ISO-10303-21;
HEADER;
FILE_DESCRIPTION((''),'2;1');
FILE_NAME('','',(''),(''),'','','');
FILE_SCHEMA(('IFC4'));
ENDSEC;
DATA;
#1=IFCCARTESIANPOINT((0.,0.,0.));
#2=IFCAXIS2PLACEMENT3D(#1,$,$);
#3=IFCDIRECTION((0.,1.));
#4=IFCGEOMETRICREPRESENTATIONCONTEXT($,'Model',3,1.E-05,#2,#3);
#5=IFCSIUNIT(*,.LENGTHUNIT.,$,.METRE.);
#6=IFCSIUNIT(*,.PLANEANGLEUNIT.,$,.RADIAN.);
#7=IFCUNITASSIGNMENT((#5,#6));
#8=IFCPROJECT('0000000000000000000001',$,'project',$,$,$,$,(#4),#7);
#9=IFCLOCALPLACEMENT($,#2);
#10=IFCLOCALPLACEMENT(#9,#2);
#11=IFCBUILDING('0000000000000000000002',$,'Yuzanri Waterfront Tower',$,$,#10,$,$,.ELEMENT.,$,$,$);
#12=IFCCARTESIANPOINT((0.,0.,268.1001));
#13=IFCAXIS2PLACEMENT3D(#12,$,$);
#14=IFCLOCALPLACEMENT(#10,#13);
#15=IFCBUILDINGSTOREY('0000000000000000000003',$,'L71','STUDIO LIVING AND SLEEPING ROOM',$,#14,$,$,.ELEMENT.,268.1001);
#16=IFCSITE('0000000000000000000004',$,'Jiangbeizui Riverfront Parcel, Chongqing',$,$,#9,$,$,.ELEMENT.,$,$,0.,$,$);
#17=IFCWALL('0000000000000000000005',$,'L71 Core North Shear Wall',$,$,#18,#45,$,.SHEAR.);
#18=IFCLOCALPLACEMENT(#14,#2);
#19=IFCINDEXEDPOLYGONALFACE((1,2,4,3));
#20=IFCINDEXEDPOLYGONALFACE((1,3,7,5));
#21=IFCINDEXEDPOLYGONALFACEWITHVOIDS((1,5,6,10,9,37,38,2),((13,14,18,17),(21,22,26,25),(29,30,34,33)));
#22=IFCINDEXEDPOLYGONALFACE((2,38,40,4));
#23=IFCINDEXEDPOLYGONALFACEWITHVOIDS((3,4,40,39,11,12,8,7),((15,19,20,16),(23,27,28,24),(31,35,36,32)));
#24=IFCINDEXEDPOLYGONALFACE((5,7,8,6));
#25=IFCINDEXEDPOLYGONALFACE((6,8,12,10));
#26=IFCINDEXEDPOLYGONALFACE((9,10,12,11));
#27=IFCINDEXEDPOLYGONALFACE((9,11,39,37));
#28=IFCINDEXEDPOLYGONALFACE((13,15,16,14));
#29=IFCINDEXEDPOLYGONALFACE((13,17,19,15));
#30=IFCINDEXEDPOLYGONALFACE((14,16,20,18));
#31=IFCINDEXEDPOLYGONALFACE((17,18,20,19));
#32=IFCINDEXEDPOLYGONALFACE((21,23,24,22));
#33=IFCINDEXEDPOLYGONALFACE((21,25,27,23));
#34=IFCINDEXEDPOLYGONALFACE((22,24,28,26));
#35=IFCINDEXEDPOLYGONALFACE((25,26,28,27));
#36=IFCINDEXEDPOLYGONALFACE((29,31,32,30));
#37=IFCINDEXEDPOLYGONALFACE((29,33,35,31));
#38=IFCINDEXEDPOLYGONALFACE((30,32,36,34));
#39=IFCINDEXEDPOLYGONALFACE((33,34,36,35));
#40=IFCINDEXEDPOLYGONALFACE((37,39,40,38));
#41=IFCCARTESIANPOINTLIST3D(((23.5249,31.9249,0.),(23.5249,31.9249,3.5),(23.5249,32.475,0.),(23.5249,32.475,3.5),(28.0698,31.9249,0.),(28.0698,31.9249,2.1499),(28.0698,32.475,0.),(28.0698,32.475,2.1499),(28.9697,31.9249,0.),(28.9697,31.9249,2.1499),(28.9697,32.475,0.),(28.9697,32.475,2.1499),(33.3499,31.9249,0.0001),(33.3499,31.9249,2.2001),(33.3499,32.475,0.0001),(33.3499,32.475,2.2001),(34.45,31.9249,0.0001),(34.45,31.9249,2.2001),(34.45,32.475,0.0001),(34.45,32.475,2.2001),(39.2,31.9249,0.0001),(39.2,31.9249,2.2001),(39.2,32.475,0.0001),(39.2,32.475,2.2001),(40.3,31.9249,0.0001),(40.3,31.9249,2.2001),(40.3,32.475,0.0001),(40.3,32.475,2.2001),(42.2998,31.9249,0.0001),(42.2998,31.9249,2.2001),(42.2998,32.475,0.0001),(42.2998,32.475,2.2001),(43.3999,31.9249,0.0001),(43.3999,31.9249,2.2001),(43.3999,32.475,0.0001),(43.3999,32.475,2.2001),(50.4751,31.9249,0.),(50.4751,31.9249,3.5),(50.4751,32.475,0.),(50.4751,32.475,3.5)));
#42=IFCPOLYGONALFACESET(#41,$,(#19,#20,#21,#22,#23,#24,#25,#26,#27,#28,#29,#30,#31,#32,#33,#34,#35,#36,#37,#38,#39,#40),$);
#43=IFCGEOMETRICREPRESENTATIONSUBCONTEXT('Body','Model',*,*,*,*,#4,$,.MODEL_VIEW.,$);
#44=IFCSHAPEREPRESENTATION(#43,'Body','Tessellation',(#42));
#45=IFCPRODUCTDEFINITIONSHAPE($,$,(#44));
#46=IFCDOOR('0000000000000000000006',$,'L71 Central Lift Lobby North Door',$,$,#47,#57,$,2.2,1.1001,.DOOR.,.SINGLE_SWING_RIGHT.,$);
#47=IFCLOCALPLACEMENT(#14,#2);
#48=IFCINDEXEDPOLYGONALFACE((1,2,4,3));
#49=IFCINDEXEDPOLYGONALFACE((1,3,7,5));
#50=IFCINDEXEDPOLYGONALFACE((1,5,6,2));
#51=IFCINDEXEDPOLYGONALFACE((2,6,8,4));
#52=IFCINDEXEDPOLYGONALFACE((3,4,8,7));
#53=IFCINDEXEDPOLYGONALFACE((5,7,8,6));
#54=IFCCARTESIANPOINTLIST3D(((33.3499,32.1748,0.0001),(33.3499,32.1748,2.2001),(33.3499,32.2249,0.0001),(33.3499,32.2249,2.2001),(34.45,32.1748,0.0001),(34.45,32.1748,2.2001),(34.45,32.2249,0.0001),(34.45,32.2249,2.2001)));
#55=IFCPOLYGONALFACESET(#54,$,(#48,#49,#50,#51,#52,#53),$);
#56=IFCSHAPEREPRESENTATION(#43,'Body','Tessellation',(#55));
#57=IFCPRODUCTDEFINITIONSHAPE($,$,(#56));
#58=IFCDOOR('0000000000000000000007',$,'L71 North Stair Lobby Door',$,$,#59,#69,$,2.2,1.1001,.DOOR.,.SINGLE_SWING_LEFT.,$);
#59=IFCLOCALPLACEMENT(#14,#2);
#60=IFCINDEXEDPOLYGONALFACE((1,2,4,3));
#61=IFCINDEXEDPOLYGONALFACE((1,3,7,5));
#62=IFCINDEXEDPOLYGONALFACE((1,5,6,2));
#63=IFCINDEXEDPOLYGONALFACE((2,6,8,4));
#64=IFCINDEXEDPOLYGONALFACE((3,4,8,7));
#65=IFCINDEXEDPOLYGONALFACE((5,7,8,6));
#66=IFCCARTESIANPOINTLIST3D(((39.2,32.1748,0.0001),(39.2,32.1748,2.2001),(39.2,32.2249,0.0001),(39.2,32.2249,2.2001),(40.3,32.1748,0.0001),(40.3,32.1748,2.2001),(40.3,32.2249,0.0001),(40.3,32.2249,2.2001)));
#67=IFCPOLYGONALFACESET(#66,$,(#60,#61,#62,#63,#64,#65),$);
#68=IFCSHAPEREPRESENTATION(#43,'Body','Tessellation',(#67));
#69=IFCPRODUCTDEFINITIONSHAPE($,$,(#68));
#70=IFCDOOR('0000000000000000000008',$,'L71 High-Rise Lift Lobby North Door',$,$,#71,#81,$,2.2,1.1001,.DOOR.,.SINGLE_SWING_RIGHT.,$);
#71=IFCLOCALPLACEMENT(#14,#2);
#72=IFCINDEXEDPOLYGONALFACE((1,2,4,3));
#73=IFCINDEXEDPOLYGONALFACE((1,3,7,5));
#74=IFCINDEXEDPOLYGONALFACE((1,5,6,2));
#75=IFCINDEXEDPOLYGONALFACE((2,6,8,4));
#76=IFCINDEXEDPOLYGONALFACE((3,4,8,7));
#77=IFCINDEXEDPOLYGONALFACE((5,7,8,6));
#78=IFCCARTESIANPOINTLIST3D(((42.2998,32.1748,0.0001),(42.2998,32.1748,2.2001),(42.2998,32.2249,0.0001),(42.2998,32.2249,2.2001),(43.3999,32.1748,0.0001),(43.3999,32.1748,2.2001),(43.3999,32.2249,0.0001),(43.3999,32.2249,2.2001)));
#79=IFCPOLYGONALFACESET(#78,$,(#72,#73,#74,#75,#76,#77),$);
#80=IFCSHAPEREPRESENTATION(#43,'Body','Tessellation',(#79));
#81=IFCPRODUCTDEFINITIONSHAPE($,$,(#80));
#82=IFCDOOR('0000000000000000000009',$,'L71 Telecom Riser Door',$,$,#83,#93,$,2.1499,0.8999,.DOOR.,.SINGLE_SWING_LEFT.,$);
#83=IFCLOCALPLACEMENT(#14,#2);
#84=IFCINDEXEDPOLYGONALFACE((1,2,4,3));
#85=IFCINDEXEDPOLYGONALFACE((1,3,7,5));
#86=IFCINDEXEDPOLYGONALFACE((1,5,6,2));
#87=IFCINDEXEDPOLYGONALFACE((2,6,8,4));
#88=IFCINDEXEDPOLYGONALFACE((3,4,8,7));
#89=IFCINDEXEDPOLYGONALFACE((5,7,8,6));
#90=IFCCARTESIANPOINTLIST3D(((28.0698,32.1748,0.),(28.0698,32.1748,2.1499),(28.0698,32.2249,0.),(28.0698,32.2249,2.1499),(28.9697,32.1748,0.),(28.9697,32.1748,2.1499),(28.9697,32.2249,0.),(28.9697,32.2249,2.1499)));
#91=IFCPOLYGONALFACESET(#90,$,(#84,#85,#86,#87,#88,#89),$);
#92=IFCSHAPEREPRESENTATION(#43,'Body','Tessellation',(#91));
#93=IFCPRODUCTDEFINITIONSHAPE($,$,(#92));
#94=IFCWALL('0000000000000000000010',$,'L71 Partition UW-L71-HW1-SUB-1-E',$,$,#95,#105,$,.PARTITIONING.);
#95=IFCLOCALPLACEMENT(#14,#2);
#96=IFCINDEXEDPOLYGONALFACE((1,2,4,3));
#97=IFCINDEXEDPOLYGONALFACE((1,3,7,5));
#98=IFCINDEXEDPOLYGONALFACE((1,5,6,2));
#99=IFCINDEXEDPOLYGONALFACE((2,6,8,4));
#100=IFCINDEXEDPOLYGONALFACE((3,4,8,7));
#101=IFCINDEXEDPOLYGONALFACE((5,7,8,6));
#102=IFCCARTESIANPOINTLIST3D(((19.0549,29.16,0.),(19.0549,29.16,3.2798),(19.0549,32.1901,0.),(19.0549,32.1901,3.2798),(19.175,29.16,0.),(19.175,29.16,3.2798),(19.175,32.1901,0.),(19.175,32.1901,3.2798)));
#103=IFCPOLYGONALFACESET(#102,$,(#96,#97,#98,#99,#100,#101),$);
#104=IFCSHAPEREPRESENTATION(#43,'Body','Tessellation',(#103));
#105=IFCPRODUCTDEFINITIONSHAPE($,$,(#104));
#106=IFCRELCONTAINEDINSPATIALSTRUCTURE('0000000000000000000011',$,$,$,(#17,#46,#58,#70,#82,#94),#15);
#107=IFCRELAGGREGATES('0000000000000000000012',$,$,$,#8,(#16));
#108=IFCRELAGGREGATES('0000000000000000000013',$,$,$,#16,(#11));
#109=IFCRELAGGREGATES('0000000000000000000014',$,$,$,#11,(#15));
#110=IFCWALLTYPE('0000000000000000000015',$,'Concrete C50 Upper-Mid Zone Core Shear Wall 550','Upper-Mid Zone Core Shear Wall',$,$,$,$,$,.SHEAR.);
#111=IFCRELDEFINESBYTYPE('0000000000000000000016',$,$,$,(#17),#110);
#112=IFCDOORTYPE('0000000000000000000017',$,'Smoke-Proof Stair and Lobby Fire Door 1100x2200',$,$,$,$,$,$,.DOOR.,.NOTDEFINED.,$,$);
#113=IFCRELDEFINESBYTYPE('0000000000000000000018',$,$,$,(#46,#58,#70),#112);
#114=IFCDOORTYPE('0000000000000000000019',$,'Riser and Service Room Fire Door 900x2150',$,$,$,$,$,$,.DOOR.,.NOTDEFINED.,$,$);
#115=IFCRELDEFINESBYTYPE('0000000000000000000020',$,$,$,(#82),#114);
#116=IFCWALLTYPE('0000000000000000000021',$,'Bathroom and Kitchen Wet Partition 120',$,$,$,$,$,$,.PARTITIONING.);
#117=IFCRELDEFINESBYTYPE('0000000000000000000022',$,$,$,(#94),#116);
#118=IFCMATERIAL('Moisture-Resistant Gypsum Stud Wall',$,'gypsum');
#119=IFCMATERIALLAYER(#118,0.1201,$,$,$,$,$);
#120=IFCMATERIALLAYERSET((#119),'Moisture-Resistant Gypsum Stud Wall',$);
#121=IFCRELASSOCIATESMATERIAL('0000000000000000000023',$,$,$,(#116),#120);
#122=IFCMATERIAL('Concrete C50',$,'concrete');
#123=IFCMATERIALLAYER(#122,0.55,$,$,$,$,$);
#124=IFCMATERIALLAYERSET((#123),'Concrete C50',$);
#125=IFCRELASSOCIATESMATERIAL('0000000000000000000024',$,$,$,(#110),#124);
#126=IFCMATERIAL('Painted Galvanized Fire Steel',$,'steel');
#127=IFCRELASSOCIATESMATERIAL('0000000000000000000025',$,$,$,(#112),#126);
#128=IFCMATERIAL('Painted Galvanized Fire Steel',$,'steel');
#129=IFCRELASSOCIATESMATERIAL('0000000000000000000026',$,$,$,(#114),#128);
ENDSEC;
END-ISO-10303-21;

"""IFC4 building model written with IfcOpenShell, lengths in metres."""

from ifc_helpers import new_model, si_unit, direction, frame, frame_2d, origin, place, context, subcontext, project, spatial, rectangle, extrude, source, transform, mapped, material, layer, layer_set, type_object, element, fill, save


model = new_model("IFC4")

# Units and contexts
model_context = context("Model", 3, precision=1e-05, world=origin(), true_north=direction((0.0, 1.0)))
body_context = subcontext(model_context, "Body", "Model", "MODEL_VIEW")
ifc_project = project(units=[si_unit("LENGTHUNIT", "METRE"), si_unit("PLANEANGLEUNIT", "RADIAN")], contexts=[model_context])

# Site, building, storey
site_placement = place(None, origin())
site = spatial("IfcSite", under=ifc_project, at=site_placement, Name="Jiangbeizui Riverfront Parcel, Chongqing", CompositionType="ELEMENT", RefElevation=0.0)
building_placement = place(site_placement, origin())
building = spatial("IfcBuilding", under=site, at=building_placement, Name="Yuzanri Waterfront Tower", CompositionType="ELEMENT")
storey_placement = place(building_placement, frame((0.0, 0.0, 268.1001)))
storey = spatial("IfcBuildingStorey", under=building, at=storey_placement, Name="L71", Description="STUDIO LIVING AND SLEEPING ROOM", CompositionType="ELEMENT", Elevation=268.1001)

# Shared definitions
ifc_material_1 = material(Name="Moisture-Resistant Gypsum Stud Wall", Category="gypsum")
ifc_layer_1 = layer(ifc_material_1, 0.1201)
ifc_layer_set_1 = layer_set([ifc_layer_1], Name="Moisture-Resistant Gypsum Stud Wall")
wall_type_1 = type_object("IfcWallType", Name="Bathroom and Kitchen Wet Partition 120", PredefinedType="PARTITIONING", material=ifc_layer_set_1)

# Wall, openings, doors
ifc_material_2 = material(Name="Concrete C50", Category="concrete")
ifc_layer_2 = layer(ifc_material_2, 0.55)
ifc_layer_set_2 = layer_set([ifc_layer_2], Name="Concrete C50")
wall_type_2 = type_object("IfcWallType", Name="Concrete C50 Upper-Mid Zone Core Shear Wall 550", Description="Upper-Mid Zone Core Shear Wall", PredefinedType="SHEAR", material=ifc_layer_set_2)
wall_1_placement = place(storey_placement, frame((23.5249, 32.2, 0.0), z_axis=(0.0, 0.0, 1.0), x_axis=(1.0, 0.0, 0.0)))
wall_1 = element("IfcWall", 1, at=wall_1_placement, inside=storey, type_object=wall_type_2, Name="L71 Core North Shear Wall", PredefinedType="SHEAR", context=body_context, shape_type="SweptSolid", body=[
    extrude(rectangle(XDim=26.9502, YDim=0.55, at=frame_2d((13.4751, 0.0))), origin(), (0.0, 0.0, 1.0), 3.5),
])
opening_1_placement = place(wall_1_placement, frame((4.5449, 0.0, 0.0)))
opening_1 = element("IfcOpeningElement", 2, at=opening_1_placement, cuts=wall_1, PredefinedType="OPENING", context=body_context, shape_type="SweptSolid", body=[
    extrude(rectangle(XDim=0.8999, YDim=2.1499, at=frame_2d((0.45, 1.075))), frame((0.0, 0.29, 0.0), z_axis=(0.0, -1.0, 0.0), x_axis=(1.0, 0.0, 0.0)), (0.0, 0.0, 1.0), 0.5798),
])
opening_2_placement = place(wall_1_placement, frame((9.825, 0.0, 0.0)))
opening_2 = element("IfcOpeningElement", 3, at=opening_2_placement, cuts=wall_1, PredefinedType="OPENING", context=body_context, shape_type="SweptSolid", body=[
    extrude(rectangle(XDim=1.1001, YDim=2.2, at=frame_2d((0.55, 1.1001))), frame((0.0, 0.29, 0.0), z_axis=(0.0, -1.0, 0.0), x_axis=(1.0, 0.0, 0.0)), (0.0, 0.0, 1.0), 0.5798),
])
opening_3_placement = place(wall_1_placement, frame((15.675, 0.0, 0.0)))
opening_3 = element("IfcOpeningElement", 4, at=opening_3_placement, cuts=wall_1, PredefinedType="OPENING", context=body_context, shape_type="SweptSolid", body=[
    extrude(rectangle(XDim=1.1001, YDim=2.2, at=frame_2d((0.55, 1.1001))), frame((0.0, 0.29, 0.0), z_axis=(0.0, -1.0, 0.0), x_axis=(1.0, 0.0, 0.0)), (0.0, 0.0, 1.0), 0.5798),
])
opening_4_placement = place(wall_1_placement, frame((18.7749, 0.0, 0.0)))
opening_4 = element("IfcOpeningElement", 5, at=opening_4_placement, cuts=wall_1, PredefinedType="OPENING", context=body_context, shape_type="SweptSolid", body=[
    extrude(rectangle(XDim=1.1001, YDim=2.2, at=frame_2d((0.55, 1.1001))), frame((0.0, 0.29, 0.0), z_axis=(0.0, -1.0, 0.0), x_axis=(1.0, 0.0, 0.0)), (0.0, 0.0, 1.0), 0.5798),
])
ifc_material_3 = material(Name="Painted Galvanized Fire Steel", Category="steel")
door_type_1 = type_object("IfcDoorType", Name="Smoke-Proof Stair and Lobby Fire Door 1100x2200", OperationType="NOTDEFINED", PredefinedType="DOOR", material=ifc_material_3)
shared_shape_1 = source(origin(), body_context, "Body", "SweptSolid", [
    extrude(rectangle(XDim=1.1001, YDim=2.2, at=frame_2d((0.55, 1.1001))), frame((0.0, 0.0249, 0.0), z_axis=(0.0, -1.0, 0.0), x_axis=(1.0, 0.0, 0.0)), (0.0, 0.0, 1.0), 0.05),
])
door_1_placement = place(opening_2_placement, origin())
door_1 = element("IfcDoor", 6, at=door_1_placement, inside=storey, type_object=door_type_1, Name="L71 Central Lift Lobby North Door", OperationType="SINGLE_SWING_RIGHT", OverallHeight=2.2, OverallWidth=1.1001, PredefinedType="DOOR", context=body_context, shape_type="MappedRepresentation", body=[
    mapped(shared_shape_1, transform((0.0, 0.0, 0.0), scale=1.0)),
])
fill(opening_2, door_1)
door_2_placement = place(opening_3_placement, origin())
door_2 = element("IfcDoor", 7, at=door_2_placement, inside=storey, type_object=door_type_1, Name="L71 North Stair Lobby Door", OperationType="SINGLE_SWING_LEFT", OverallHeight=2.2, OverallWidth=1.1001, PredefinedType="DOOR", context=body_context, shape_type="MappedRepresentation", body=[
    mapped(shared_shape_1, transform((0.0, 0.0, 0.0), scale=1.0)),
])
fill(opening_3, door_2)
door_3_placement = place(opening_4_placement, origin())
door_3 = element("IfcDoor", 8, at=door_3_placement, inside=storey, type_object=door_type_1, Name="L71 High-Rise Lift Lobby North Door", OperationType="SINGLE_SWING_RIGHT", OverallHeight=2.2, OverallWidth=1.1001, PredefinedType="DOOR", context=body_context, shape_type="MappedRepresentation", body=[
    mapped(shared_shape_1, transform((0.0, 0.0, 0.0), scale=1.0)),
])
fill(opening_4, door_3)
ifc_material_4 = material(Name="Painted Galvanized Fire Steel", Category="steel")
door_type_2 = type_object("IfcDoorType", Name="Riser and Service Room Fire Door 900x2150", OperationType="NOTDEFINED", PredefinedType="DOOR", material=ifc_material_4)
shared_shape_2 = source(origin(), body_context, "Body", "SweptSolid", [
    extrude(rectangle(XDim=0.8999, YDim=2.1499, at=frame_2d((0.45, 1.075))), frame((0.0, 0.0249, 0.0), z_axis=(0.0, -1.0, 0.0), x_axis=(1.0, 0.0, 0.0)), (0.0, 0.0, 1.0), 0.05),
])
door_4_placement = place(opening_1_placement, origin())
door_4 = element("IfcDoor", 9, at=door_4_placement, inside=storey, type_object=door_type_2, Name="L71 Telecom Riser Door", OperationType="SINGLE_SWING_LEFT", OverallHeight=2.1499, OverallWidth=0.8999, PredefinedType="DOOR", context=body_context, shape_type="MappedRepresentation", body=[
    mapped(shared_shape_2, transform((0.0, 0.0, 0.0), scale=1.0)),
])
fill(opening_1, door_4)

# Wall
shared_shape_3 = source(origin(), body_context, "Body", "SweptSolid", [
    extrude(rectangle(XDim=3.03, YDim=0.1201, at=frame_2d((1.5151, 0.0))), origin(), (0.0, 0.0, 1.0), 3.2798),
])
wall_2_placement = place(storey_placement, frame((19.115, 29.1599, 0.0), z_axis=(0.0, 0.0, 1.0), x_axis=(0.0, 1.0, 0.0)))
element("IfcWall", 10, at=wall_2_placement, inside=storey, type_object=wall_type_1, Name="L71 Partition UW-L71-HW1-SUB-1-E", PredefinedType="PARTITIONING", context=body_context, shape_type="MappedRepresentation", body=[
    mapped(shared_shape_3, transform((0.0, 0.0, 0.0), scale=1.0)),
])

save(model, "model.ifc")
